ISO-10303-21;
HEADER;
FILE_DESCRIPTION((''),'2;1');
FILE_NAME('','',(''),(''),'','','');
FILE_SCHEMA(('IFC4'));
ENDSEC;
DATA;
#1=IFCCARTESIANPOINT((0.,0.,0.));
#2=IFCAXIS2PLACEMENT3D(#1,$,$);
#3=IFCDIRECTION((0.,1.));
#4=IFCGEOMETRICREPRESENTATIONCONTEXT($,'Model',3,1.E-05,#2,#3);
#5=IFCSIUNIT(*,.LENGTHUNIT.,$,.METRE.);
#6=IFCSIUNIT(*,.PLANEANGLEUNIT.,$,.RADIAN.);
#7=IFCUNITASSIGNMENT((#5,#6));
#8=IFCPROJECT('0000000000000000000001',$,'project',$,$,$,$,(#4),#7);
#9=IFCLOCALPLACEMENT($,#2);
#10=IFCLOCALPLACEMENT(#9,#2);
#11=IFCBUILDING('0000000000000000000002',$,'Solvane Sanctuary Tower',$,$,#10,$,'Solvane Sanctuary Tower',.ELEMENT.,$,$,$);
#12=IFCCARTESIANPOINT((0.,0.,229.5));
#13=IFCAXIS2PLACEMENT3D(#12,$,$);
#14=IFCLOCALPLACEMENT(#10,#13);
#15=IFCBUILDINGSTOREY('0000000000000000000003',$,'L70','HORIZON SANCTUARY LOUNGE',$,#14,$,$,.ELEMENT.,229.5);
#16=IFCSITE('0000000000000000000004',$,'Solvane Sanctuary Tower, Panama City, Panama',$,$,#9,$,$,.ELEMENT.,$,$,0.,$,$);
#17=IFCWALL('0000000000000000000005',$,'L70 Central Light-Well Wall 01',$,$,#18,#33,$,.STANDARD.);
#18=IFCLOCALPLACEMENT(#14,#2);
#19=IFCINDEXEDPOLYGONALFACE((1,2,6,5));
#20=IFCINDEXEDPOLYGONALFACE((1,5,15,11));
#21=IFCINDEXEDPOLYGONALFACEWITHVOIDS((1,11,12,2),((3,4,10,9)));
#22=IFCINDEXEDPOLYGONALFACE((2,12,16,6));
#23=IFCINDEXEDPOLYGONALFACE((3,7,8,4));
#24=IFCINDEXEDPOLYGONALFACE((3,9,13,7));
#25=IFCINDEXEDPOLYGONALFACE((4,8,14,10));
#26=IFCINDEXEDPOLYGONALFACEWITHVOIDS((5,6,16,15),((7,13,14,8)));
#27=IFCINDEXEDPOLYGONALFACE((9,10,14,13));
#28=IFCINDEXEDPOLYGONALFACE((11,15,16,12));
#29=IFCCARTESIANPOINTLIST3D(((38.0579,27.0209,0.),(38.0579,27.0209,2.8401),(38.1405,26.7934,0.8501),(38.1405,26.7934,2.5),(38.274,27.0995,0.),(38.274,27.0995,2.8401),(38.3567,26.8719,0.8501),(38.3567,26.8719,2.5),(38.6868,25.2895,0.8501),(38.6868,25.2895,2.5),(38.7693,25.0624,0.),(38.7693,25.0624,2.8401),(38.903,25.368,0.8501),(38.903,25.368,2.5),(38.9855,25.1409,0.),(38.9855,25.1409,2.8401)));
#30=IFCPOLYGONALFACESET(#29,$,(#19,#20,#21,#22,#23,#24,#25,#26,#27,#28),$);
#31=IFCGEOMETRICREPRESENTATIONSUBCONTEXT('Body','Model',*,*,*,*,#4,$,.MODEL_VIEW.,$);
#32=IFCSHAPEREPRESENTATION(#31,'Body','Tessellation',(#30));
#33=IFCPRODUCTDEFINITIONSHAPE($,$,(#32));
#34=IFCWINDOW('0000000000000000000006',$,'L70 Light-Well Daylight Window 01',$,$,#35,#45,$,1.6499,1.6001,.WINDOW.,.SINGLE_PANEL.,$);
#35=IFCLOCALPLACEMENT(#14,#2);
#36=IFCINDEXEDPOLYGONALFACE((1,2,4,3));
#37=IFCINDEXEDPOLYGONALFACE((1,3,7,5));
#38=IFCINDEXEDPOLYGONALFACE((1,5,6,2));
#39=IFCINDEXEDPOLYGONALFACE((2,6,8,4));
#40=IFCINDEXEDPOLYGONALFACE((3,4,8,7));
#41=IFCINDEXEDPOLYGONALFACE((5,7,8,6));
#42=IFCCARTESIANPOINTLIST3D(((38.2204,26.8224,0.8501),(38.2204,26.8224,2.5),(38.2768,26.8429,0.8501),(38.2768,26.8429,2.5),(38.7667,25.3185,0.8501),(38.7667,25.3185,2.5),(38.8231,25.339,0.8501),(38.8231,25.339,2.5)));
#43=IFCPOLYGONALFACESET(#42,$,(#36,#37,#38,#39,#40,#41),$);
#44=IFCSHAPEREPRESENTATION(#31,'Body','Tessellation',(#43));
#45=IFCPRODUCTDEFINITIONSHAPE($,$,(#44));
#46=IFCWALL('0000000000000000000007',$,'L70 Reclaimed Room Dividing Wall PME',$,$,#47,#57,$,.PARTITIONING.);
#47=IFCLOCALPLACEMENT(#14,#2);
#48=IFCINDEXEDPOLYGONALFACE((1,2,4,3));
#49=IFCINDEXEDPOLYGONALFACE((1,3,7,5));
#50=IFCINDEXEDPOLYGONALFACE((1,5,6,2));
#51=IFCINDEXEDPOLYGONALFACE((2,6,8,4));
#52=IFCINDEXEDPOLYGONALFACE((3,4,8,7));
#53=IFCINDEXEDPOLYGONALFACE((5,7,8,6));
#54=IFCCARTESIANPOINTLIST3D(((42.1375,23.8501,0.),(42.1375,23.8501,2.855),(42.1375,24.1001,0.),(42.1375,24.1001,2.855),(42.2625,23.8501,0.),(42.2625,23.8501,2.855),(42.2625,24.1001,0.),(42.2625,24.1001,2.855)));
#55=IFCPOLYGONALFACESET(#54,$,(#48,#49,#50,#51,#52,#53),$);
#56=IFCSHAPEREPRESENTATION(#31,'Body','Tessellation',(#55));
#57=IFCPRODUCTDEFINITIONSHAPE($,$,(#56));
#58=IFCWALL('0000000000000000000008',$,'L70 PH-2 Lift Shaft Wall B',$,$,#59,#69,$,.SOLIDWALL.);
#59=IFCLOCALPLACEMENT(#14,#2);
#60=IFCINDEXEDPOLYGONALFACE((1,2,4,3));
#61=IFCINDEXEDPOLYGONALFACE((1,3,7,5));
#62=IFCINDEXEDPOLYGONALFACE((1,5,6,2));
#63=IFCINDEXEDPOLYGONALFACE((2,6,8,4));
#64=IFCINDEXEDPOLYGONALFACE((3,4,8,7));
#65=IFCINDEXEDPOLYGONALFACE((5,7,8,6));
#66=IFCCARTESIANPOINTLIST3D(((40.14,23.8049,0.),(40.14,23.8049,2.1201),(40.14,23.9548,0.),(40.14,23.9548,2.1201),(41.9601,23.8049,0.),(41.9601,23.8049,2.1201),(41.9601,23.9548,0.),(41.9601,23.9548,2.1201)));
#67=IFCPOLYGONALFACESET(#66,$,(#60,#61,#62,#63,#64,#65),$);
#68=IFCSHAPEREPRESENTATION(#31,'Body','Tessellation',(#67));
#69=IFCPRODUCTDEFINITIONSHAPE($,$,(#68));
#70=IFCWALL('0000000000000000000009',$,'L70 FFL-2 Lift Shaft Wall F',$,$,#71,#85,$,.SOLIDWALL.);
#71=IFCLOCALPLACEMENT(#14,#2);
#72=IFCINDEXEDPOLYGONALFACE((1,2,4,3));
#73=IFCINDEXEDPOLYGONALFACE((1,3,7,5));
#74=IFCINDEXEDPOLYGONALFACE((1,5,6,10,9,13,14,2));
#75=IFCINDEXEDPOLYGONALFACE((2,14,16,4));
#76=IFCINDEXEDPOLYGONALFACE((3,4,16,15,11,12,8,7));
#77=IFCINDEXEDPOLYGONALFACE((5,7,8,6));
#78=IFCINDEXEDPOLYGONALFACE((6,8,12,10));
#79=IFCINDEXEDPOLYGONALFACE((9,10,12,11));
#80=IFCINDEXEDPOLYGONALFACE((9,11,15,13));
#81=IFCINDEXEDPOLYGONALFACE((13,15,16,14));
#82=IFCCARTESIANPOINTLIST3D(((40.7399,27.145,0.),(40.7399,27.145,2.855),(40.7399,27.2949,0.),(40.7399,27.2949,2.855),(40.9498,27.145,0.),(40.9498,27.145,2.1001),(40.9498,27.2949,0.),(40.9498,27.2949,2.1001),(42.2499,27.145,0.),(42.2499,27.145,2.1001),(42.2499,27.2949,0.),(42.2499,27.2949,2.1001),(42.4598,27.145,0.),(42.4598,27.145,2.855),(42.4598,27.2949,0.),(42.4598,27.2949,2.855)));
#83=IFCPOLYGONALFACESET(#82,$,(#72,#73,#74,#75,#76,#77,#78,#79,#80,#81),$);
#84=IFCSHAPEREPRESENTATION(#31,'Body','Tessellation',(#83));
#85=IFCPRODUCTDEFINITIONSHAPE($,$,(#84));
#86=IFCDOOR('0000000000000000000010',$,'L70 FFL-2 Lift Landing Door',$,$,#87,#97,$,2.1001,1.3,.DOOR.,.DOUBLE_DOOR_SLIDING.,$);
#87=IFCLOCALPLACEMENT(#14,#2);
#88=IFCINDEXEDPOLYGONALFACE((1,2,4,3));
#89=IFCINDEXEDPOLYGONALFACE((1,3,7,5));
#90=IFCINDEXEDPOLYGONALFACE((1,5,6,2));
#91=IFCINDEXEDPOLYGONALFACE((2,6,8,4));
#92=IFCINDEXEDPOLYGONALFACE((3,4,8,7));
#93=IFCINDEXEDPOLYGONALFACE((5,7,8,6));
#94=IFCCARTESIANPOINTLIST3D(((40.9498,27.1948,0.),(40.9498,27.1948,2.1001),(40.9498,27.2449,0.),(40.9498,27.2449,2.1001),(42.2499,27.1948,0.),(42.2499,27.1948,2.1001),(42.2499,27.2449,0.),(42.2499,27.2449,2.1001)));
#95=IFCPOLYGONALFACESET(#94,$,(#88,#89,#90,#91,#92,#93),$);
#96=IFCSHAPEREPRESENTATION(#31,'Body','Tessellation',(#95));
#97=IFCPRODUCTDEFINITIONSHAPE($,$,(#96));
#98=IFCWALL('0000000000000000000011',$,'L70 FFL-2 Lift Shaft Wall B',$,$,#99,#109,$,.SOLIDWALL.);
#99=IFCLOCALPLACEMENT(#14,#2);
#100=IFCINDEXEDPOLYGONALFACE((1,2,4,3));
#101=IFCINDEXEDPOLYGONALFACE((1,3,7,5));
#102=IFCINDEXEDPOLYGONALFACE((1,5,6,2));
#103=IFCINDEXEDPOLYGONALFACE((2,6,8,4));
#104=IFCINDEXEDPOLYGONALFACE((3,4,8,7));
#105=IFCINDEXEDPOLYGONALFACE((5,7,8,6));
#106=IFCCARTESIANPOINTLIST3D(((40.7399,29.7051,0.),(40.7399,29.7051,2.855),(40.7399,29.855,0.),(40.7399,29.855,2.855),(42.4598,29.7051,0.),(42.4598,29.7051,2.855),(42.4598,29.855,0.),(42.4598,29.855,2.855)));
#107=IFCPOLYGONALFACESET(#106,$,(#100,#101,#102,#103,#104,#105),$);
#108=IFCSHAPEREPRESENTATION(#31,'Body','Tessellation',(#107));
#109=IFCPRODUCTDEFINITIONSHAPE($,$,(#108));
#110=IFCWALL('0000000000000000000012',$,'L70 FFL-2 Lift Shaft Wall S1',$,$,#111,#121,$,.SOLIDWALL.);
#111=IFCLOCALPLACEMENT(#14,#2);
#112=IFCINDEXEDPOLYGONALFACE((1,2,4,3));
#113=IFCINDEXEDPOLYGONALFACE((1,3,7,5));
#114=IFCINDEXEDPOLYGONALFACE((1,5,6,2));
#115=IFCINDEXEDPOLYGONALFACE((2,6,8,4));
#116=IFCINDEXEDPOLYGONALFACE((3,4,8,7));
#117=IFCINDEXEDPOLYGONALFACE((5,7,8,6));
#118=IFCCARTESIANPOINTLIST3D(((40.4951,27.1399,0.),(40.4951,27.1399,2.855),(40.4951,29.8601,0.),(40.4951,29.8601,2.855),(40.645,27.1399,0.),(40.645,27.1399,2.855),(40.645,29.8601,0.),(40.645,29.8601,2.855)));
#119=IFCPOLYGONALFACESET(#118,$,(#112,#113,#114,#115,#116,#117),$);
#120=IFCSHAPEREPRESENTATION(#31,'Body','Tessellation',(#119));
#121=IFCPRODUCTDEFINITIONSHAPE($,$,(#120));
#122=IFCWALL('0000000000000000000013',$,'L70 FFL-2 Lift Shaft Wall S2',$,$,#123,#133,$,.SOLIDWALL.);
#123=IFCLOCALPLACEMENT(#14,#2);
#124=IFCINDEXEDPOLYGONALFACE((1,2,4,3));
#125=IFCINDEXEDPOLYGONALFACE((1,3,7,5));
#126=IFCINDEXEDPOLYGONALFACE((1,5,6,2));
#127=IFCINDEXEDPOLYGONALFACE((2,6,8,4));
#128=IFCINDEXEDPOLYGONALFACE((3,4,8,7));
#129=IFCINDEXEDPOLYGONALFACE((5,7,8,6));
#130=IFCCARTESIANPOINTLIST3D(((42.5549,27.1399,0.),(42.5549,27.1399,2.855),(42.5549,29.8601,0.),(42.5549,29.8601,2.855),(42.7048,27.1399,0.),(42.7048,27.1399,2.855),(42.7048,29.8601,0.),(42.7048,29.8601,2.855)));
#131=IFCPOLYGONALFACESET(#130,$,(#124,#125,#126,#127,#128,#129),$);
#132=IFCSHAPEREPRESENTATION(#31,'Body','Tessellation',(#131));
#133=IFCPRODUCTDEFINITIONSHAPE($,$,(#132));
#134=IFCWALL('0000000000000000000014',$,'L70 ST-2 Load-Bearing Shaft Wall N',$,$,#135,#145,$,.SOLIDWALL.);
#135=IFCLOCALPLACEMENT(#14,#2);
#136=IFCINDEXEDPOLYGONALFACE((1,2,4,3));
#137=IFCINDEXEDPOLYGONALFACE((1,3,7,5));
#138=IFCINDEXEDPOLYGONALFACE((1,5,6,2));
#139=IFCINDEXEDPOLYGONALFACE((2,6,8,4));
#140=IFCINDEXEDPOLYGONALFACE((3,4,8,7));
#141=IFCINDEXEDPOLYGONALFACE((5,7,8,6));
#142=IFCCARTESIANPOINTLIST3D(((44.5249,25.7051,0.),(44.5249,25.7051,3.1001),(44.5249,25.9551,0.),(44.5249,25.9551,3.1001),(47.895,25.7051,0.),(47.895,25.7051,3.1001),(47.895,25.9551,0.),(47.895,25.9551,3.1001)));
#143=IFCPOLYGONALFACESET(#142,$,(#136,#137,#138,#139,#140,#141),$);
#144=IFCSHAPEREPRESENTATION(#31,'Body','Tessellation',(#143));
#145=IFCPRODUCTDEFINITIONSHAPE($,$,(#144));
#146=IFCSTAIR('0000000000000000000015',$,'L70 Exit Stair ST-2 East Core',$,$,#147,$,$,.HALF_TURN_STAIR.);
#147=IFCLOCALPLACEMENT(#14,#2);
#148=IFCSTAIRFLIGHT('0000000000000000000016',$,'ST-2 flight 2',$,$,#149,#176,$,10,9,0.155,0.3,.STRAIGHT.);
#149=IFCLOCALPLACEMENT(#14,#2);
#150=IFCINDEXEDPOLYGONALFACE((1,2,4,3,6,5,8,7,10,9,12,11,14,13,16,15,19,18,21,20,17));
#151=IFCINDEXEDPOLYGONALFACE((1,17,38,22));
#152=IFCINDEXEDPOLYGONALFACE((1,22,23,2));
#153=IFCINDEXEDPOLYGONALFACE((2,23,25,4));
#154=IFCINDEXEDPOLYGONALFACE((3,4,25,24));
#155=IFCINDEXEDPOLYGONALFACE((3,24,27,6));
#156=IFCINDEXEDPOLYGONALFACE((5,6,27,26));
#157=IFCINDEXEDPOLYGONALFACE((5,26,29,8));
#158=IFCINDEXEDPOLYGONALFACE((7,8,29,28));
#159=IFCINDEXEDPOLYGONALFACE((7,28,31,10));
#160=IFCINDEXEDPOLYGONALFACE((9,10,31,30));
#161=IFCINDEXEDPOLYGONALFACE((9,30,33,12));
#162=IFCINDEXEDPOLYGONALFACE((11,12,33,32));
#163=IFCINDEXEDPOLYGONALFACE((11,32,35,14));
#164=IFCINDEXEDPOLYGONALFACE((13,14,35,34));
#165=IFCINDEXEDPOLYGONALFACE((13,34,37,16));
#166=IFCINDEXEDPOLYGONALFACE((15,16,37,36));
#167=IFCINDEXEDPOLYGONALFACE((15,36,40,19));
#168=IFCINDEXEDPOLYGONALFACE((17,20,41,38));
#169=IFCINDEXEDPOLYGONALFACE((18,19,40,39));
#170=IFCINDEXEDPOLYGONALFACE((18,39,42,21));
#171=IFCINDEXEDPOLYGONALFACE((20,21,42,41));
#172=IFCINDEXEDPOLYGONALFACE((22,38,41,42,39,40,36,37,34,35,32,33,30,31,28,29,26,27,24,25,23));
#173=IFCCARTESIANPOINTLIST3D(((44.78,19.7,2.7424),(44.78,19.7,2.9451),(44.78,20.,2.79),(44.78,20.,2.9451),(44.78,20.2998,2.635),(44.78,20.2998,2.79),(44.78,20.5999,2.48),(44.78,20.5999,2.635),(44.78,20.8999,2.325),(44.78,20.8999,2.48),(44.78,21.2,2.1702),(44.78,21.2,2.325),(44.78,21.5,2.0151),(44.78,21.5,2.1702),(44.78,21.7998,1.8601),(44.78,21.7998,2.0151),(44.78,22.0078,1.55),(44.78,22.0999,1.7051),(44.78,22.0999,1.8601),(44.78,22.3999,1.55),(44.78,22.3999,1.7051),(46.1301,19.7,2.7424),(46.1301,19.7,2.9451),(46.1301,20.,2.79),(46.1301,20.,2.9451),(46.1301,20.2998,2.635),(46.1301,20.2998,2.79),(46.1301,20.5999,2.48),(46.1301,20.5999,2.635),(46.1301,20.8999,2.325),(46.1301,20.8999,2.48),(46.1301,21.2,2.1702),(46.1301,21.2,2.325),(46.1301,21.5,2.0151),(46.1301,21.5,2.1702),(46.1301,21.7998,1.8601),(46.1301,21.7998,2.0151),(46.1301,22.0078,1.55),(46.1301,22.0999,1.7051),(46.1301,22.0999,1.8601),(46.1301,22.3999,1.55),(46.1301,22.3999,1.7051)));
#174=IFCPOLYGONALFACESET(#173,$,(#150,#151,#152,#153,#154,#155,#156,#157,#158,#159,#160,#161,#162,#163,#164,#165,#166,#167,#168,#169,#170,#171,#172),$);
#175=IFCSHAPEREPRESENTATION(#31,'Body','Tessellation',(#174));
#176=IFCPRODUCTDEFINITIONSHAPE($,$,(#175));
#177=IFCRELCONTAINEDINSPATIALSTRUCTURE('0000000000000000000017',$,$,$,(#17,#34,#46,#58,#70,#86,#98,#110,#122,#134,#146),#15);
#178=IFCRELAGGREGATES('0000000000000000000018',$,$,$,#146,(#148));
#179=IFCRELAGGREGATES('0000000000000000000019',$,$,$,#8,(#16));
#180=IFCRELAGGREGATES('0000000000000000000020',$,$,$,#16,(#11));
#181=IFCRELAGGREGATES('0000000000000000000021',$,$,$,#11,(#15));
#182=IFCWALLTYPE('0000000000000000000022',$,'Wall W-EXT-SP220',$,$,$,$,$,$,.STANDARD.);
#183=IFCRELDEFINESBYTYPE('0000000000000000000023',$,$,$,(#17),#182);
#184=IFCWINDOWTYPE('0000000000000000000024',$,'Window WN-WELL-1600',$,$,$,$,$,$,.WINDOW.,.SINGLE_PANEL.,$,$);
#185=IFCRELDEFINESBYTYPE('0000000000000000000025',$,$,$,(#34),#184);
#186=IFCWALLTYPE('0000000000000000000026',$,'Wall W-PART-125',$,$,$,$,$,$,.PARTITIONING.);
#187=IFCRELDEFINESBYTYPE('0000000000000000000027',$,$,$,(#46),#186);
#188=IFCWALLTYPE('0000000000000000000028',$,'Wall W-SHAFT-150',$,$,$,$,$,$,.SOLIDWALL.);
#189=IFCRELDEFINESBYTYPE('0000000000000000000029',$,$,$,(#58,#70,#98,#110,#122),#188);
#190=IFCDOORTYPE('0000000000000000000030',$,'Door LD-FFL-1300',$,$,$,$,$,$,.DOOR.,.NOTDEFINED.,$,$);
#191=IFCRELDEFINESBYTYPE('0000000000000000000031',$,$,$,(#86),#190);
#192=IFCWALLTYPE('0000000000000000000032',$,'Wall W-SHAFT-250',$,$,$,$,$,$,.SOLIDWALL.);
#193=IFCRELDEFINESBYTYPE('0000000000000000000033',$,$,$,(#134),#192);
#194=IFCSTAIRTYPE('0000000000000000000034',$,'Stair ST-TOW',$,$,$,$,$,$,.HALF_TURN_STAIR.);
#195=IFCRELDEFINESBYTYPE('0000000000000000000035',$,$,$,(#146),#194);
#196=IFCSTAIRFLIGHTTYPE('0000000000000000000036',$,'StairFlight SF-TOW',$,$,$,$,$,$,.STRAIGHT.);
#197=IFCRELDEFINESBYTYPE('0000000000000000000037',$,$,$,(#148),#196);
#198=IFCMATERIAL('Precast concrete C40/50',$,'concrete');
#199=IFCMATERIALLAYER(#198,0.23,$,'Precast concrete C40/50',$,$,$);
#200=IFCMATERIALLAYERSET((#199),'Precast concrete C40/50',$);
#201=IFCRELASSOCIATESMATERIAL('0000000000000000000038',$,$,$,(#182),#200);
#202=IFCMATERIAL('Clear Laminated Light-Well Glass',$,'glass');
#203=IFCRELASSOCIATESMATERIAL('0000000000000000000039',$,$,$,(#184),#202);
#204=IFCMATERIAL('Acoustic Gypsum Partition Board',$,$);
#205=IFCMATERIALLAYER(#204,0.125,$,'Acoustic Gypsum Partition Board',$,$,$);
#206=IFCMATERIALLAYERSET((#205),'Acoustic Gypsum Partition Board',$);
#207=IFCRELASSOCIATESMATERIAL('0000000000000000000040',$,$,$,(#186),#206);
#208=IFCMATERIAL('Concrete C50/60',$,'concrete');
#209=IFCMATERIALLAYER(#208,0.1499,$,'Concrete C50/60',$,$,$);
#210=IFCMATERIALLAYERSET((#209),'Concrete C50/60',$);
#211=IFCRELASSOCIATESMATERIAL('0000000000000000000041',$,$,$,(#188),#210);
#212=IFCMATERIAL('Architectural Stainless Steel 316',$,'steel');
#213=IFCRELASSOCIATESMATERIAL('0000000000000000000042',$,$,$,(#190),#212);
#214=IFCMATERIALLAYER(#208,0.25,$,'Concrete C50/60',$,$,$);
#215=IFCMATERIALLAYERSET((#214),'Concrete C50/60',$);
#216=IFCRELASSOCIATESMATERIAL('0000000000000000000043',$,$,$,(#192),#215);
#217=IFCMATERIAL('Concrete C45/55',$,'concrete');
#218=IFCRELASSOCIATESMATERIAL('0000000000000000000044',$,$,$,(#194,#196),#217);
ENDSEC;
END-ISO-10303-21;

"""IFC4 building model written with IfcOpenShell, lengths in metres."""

from ifc_helpers import new_model, si_unit, direction, frame, frame_2d, origin, place, context, subcontext, project, spatial, polyline, rectangle, outline, extrude, material, layer, layer_set, type_object, element, fill, aggregate, save


model = new_model("IFC4")

# Units and contexts
model_context = context("Model", 3, precision=1e-05, world=origin(), true_north=direction((0.0, 1.0)))
body_context = subcontext(model_context, "Body", "Model", "MODEL_VIEW")
ifc_project = project(units=[si_unit("LENGTHUNIT", "METRE"), si_unit("PLANEANGLEUNIT", "RADIAN")], contexts=[model_context])

# Site, building, storey
site_placement = place(None, origin())
site = spatial("IfcSite", under=ifc_project, at=site_placement, Name="Solvane Sanctuary Tower, Panama City, Panama", CompositionType="ELEMENT", RefElevation=0.0)
building_placement = place(site_placement, origin())
building = spatial("IfcBuilding", under=site, at=building_placement, Name="Solvane Sanctuary Tower", LongName="Solvane Sanctuary Tower", CompositionType="ELEMENT")
storey_placement = place(building_placement, frame((0.0, 0.0, 229.5)))
storey = spatial("IfcBuildingStorey", under=building, at=storey_placement, Name="L70", Description="HORIZON SANCTUARY LOUNGE", CompositionType="ELEMENT", Elevation=229.5)

# Shared definitions
ifc_material_1 = material(Name="Acoustic Gypsum Partition Board")

# Shared definitions
ifc_material_2 = material(Name="Architectural Stainless Steel 316", Category="steel")

# Shared definitions
ifc_material_3 = material(Name="Precast concrete C40/50", Category="concrete")

# Shared definitions
ifc_layer_1 = layer(ifc_material_3, 0.23, Name="Precast concrete C40/50")
ifc_layer_set_1 = layer_set([ifc_layer_1], Name="Precast concrete C40/50")
wall_type_1 = type_object("IfcWallType", Name="Wall W-EXT-SP220", PredefinedType="STANDARD", material=ifc_layer_set_1)

# Wall, opening, window
wall_1_placement = place(storey_placement, frame((38.8774, 25.1016, 0.0), z_axis=(0.0, 0.0, 1.0), x_axis=(-0.341423, 0.93991, 0.0)))
wall_1 = element("IfcWall", 1, at=wall_1_placement, inside=storey, type_object=wall_type_1, Name="L70 Central Light-Well Wall 01", PredefinedType="STANDARD", context=body_context, shape_type="SweptSolid", body=[
    extrude(rectangle(XDim=2.0837, YDim=0.23, at=frame_2d((1.042, 0.0))), origin(), (0.0, 0.0, 1.0), 2.8401),
])
opening_1_placement = place(wall_1_placement, frame((0.2417, 0.0, 0.8501)))
opening_1 = element("IfcOpeningElement", 2, at=opening_1_placement, cuts=wall_1, PredefinedType="OPENING", context=body_context, shape_type="SweptSolid", body=[
    extrude(rectangle(XDim=1.6001, YDim=1.6499, at=frame_2d((0.8, 0.825))), frame((0.0, 0.125, 0.0), z_axis=(0.0, -1.0, 0.0), x_axis=(1.0, 0.0, 0.0)), (0.0, 0.0, 1.0), 0.25),
])
ifc_material_4 = material(Name="Clear Laminated Light-Well Glass", Category="glass")
window_type_1 = type_object("IfcWindowType", Name="Window WN-WELL-1600", PartitioningType="SINGLE_PANEL", PredefinedType="WINDOW", material=ifc_material_4)
window_1_placement = place(opening_1_placement, origin())
window_1 = element("IfcWindow", 3, at=window_1_placement, inside=storey, type_object=window_type_1, Name="L70 Light-Well Daylight Window 01", OverallHeight=1.6499, OverallWidth=1.6001, PartitioningType="SINGLE_PANEL", PredefinedType="WINDOW", context=body_context, shape_type="SweptSolid", body=[
    extrude(rectangle(XDim=1.6001, YDim=1.6499, at=frame_2d((0.8, 0.825))), frame((0.0, 0.03, 0.0), z_axis=(0.0, -1.0, 0.0), x_axis=(1.0, 0.0, 0.0)), (0.0, 0.0, 1.0), 0.0601),
])
fill(opening_1, window_1)

# Walls
ifc_layer_2 = layer(ifc_material_1, 0.125, Name="Acoustic Gypsum Partition Board")
ifc_layer_set_2 = layer_set([ifc_layer_2], Name="Acoustic Gypsum Partition Board")
wall_type_2 = type_object("IfcWallType", Name="Wall W-PART-125", PredefinedType="PARTITIONING", material=ifc_layer_set_2)
wall_2_placement = place(storey_placement, frame((42.2, 23.8501, 0.0), z_axis=(0.0, 0.0, 1.0), x_axis=(0.0, 1.0, 0.0)))
element("IfcWall", 4, at=wall_2_placement, inside=storey, type_object=wall_type_2, Name="L70 Reclaimed Room Dividing Wall PME", PredefinedType="PARTITIONING", context=body_context, shape_type="SweptSolid", body=[
    extrude(rectangle(XDim=0.25, YDim=0.125, at=frame_2d((0.125, 0.0))), origin(), (0.0, 0.0, 1.0), 2.855),
])
ifc_material_5 = material(Name="Concrete C50/60", Category="concrete")
ifc_layer_3 = layer(ifc_material_5, 0.1499, Name="Concrete C50/60")
ifc_layer_set_3 = layer_set([ifc_layer_3], Name="Concrete C50/60")
wall_type_3 = type_object("IfcWallType", Name="Wall W-SHAFT-150", PredefinedType="SOLIDWALL", material=ifc_layer_set_3)
wall_3_placement = place(storey_placement, frame((40.1399, 23.8799, 0.0), z_axis=(0.0, 0.0, 1.0), x_axis=(1.0, 0.0, 0.0)))
element("IfcWall", 5, at=wall_3_placement, inside=storey, type_object=wall_type_3, Name="L70 PH-2 Lift Shaft Wall B", PredefinedType="SOLIDWALL", context=body_context, shape_type="SweptSolid", body=[
    extrude(rectangle(XDim=1.8201, YDim=0.1499, at=frame_2d((0.9102, 0.0))), origin(), (0.0, 0.0, 1.0), 2.1201),
])

# Wall, opening, door
wall_4_placement = place(storey_placement, frame((40.74, 27.22, 0.0), z_axis=(0.0, 0.0, 1.0), x_axis=(1.0, 0.0, 0.0)))
wall_4 = element("IfcWall", 6, at=wall_4_placement, inside=storey, type_object=wall_type_3, Name="L70 FFL-2 Lift Shaft Wall F", PredefinedType="SOLIDWALL", context=body_context, shape_type="SweptSolid", body=[
    extrude(rectangle(XDim=1.72, YDim=0.1499, at=frame_2d((0.8599, 0.0))), origin(), (0.0, 0.0, 1.0), 2.855),
])
opening_2_placement = place(wall_4_placement, frame((0.21, 0.0, 0.0)))
opening_2 = element("IfcOpeningElement", 7, at=opening_2_placement, cuts=wall_4, PredefinedType="OPENING", context=body_context, shape_type="SweptSolid", body=[
    extrude(rectangle(XDim=1.3, YDim=2.1001, at=frame_2d((0.6499, 1.05))), frame((0.0, 0.085, 0.0), z_axis=(0.0, -1.0, 0.0), x_axis=(1.0, 0.0, 0.0)), (0.0, 0.0, 1.0), 0.1699),
])
door_type_1 = type_object("IfcDoorType", Name="Door LD-FFL-1300", OperationType="NOTDEFINED", PredefinedType="DOOR", material=ifc_material_2)
door_1_placement = place(opening_2_placement, origin())
door_1 = element("IfcDoor", 8, at=door_1_placement, inside=storey, type_object=door_type_1, Name="L70 FFL-2 Lift Landing Door", OperationType="DOUBLE_DOOR_SLIDING", OverallHeight=2.1001, OverallWidth=1.3, PredefinedType="DOOR", context=body_context, shape_type="SweptSolid", body=[
    extrude(rectangle(XDim=1.3, YDim=2.1001, at=frame_2d((0.6499, 1.05))), frame((0.0, 0.0249, 0.0), z_axis=(0.0, -1.0, 0.0), x_axis=(1.0, 0.0, 0.0)), (0.0, 0.0, 1.0), 0.05),
])
fill(opening_2, door_1)

# Walls
wall_5_placement = place(storey_placement, frame((40.74, 29.78, 0.0), z_axis=(0.0, 0.0, 1.0), x_axis=(1.0, 0.0, 0.0)))
element("IfcWall", 9, at=wall_5_placement, inside=storey, type_object=wall_type_3, Name="L70 FFL-2 Lift Shaft Wall B", PredefinedType="SOLIDWALL", context=body_context, shape_type="SweptSolid", body=[
    extrude(rectangle(XDim=1.72, YDim=0.1499, at=frame_2d((0.8599, 0.0))), origin(), (0.0, 0.0, 1.0), 2.855),
])
for number, where, z_axis, x_axis, name in (
    (10, (40.5701, 27.1399, 0.0), (0.0, 0.0, 1.0), (0.0, 1.0, 0.0), "L70 FFL-2 Lift Shaft Wall S1"),
    (11, (42.6299, 27.1399, 0.0), (0.0, 0.0, 1.0), (0.0, 1.0, 0.0), "L70 FFL-2 Lift Shaft Wall S2"),
):
    element("IfcWall", number, at=place(storey_placement, frame(where, z_axis=z_axis, x_axis=x_axis)), inside=storey, type_object=wall_type_3, Name=name, PredefinedType="SOLIDWALL", context=body_context, shape_type="SweptSolid", body=[
        extrude(rectangle(XDim=2.7202, YDim=0.1499, at=frame_2d((1.3601, 0.0))), origin(), (0.0, 0.0, 1.0), 2.855),
    ])
ifc_layer_4 = layer(ifc_material_5, 0.25, Name="Concrete C50/60")
ifc_layer_set_4 = layer_set([ifc_layer_4], Name="Concrete C50/60")
wall_type_4 = type_object("IfcWallType", Name="Wall W-SHAFT-250", PredefinedType="SOLIDWALL", material=ifc_layer_set_4)
wall_6_placement = place(storey_placement, frame((44.5249, 25.8301, 0.0), z_axis=(0.0, 0.0, 1.0), x_axis=(1.0, 0.0, 0.0)))
element("IfcWall", 12, at=wall_6_placement, inside=storey, type_object=wall_type_4, Name="L70 ST-2 Load-Bearing Shaft Wall N", PredefinedType="SOLIDWALL", context=body_context, shape_type="SweptSolid", body=[
    extrude(rectangle(XDim=3.3701, YDim=0.25, at=frame_2d((1.6851, 0.0))), origin(), (0.0, 0.0, 1.0), 3.1001),
])

# Stair, stair flight
ifc_material_6 = material(Name="Concrete C45/55", Category="concrete")
stair_type = type_object("IfcStairType", Name="Stair ST-TOW", PredefinedType="HALF_TURN_STAIR", material=ifc_material_6)
stair_placement = place(storey_placement, origin())
stair = element("IfcStair", 13, at=stair_placement, inside=storey, type_object=stair_type, Name="L70 Exit Stair ST-2 East Core", PredefinedType="HALF_TURN_STAIR")
stair_flight_type = type_object("IfcStairFlightType", Name="StairFlight SF-TOW", PredefinedType="STRAIGHT", material=ifc_material_6)
stair_flight_placement = place(storey_placement, frame((45.4551, 22.3999, 1.55), z_axis=(0.0, 0.0, 1.0), x_axis=(0.0, -1.0, 0.0)))
stair_flight = element("IfcStairFlight", 14, at=stair_flight_placement, type_object=stair_flight_type, Name="ST-2 flight 2", NumberOfRisers=10, NumberOfTreads=9, PredefinedType="STRAIGHT", RiserHeight=0.155, TreadLength=0.3, context=body_context, shape_type="SweptSolid", body=[
    extrude(outline(polyline([(0.0, 0.0), (0.0, 0.155), (0.3, 0.155), (0.3, 0.3101), (0.6001, 0.3101), (0.6001, 0.4651), (0.8999, 0.4651), (0.8999, 0.6201), (1.2, 0.6201), (1.2, 0.7749), (1.5, 0.7749), (1.5, 0.9299), (1.8, 0.9299), (1.8, 1.085), (2.1001, 1.085), (2.1001, 1.24), (2.3999, 1.24), (2.3999, 1.395), (2.7, 1.395), (2.7, 1.55), (2.7, 1.1924), (0.3921, 0.0), (0.0, 0.0)])), frame((0.0, 0.675, 0.0), z_axis=(0.0, -1.0, 0.0), x_axis=(1.0, 0.0, 0.0)), (0.0, 0.0, 1.0), 1.3501),
])
aggregate(stair, [stair_flight])

save(model, "model.ifc")
